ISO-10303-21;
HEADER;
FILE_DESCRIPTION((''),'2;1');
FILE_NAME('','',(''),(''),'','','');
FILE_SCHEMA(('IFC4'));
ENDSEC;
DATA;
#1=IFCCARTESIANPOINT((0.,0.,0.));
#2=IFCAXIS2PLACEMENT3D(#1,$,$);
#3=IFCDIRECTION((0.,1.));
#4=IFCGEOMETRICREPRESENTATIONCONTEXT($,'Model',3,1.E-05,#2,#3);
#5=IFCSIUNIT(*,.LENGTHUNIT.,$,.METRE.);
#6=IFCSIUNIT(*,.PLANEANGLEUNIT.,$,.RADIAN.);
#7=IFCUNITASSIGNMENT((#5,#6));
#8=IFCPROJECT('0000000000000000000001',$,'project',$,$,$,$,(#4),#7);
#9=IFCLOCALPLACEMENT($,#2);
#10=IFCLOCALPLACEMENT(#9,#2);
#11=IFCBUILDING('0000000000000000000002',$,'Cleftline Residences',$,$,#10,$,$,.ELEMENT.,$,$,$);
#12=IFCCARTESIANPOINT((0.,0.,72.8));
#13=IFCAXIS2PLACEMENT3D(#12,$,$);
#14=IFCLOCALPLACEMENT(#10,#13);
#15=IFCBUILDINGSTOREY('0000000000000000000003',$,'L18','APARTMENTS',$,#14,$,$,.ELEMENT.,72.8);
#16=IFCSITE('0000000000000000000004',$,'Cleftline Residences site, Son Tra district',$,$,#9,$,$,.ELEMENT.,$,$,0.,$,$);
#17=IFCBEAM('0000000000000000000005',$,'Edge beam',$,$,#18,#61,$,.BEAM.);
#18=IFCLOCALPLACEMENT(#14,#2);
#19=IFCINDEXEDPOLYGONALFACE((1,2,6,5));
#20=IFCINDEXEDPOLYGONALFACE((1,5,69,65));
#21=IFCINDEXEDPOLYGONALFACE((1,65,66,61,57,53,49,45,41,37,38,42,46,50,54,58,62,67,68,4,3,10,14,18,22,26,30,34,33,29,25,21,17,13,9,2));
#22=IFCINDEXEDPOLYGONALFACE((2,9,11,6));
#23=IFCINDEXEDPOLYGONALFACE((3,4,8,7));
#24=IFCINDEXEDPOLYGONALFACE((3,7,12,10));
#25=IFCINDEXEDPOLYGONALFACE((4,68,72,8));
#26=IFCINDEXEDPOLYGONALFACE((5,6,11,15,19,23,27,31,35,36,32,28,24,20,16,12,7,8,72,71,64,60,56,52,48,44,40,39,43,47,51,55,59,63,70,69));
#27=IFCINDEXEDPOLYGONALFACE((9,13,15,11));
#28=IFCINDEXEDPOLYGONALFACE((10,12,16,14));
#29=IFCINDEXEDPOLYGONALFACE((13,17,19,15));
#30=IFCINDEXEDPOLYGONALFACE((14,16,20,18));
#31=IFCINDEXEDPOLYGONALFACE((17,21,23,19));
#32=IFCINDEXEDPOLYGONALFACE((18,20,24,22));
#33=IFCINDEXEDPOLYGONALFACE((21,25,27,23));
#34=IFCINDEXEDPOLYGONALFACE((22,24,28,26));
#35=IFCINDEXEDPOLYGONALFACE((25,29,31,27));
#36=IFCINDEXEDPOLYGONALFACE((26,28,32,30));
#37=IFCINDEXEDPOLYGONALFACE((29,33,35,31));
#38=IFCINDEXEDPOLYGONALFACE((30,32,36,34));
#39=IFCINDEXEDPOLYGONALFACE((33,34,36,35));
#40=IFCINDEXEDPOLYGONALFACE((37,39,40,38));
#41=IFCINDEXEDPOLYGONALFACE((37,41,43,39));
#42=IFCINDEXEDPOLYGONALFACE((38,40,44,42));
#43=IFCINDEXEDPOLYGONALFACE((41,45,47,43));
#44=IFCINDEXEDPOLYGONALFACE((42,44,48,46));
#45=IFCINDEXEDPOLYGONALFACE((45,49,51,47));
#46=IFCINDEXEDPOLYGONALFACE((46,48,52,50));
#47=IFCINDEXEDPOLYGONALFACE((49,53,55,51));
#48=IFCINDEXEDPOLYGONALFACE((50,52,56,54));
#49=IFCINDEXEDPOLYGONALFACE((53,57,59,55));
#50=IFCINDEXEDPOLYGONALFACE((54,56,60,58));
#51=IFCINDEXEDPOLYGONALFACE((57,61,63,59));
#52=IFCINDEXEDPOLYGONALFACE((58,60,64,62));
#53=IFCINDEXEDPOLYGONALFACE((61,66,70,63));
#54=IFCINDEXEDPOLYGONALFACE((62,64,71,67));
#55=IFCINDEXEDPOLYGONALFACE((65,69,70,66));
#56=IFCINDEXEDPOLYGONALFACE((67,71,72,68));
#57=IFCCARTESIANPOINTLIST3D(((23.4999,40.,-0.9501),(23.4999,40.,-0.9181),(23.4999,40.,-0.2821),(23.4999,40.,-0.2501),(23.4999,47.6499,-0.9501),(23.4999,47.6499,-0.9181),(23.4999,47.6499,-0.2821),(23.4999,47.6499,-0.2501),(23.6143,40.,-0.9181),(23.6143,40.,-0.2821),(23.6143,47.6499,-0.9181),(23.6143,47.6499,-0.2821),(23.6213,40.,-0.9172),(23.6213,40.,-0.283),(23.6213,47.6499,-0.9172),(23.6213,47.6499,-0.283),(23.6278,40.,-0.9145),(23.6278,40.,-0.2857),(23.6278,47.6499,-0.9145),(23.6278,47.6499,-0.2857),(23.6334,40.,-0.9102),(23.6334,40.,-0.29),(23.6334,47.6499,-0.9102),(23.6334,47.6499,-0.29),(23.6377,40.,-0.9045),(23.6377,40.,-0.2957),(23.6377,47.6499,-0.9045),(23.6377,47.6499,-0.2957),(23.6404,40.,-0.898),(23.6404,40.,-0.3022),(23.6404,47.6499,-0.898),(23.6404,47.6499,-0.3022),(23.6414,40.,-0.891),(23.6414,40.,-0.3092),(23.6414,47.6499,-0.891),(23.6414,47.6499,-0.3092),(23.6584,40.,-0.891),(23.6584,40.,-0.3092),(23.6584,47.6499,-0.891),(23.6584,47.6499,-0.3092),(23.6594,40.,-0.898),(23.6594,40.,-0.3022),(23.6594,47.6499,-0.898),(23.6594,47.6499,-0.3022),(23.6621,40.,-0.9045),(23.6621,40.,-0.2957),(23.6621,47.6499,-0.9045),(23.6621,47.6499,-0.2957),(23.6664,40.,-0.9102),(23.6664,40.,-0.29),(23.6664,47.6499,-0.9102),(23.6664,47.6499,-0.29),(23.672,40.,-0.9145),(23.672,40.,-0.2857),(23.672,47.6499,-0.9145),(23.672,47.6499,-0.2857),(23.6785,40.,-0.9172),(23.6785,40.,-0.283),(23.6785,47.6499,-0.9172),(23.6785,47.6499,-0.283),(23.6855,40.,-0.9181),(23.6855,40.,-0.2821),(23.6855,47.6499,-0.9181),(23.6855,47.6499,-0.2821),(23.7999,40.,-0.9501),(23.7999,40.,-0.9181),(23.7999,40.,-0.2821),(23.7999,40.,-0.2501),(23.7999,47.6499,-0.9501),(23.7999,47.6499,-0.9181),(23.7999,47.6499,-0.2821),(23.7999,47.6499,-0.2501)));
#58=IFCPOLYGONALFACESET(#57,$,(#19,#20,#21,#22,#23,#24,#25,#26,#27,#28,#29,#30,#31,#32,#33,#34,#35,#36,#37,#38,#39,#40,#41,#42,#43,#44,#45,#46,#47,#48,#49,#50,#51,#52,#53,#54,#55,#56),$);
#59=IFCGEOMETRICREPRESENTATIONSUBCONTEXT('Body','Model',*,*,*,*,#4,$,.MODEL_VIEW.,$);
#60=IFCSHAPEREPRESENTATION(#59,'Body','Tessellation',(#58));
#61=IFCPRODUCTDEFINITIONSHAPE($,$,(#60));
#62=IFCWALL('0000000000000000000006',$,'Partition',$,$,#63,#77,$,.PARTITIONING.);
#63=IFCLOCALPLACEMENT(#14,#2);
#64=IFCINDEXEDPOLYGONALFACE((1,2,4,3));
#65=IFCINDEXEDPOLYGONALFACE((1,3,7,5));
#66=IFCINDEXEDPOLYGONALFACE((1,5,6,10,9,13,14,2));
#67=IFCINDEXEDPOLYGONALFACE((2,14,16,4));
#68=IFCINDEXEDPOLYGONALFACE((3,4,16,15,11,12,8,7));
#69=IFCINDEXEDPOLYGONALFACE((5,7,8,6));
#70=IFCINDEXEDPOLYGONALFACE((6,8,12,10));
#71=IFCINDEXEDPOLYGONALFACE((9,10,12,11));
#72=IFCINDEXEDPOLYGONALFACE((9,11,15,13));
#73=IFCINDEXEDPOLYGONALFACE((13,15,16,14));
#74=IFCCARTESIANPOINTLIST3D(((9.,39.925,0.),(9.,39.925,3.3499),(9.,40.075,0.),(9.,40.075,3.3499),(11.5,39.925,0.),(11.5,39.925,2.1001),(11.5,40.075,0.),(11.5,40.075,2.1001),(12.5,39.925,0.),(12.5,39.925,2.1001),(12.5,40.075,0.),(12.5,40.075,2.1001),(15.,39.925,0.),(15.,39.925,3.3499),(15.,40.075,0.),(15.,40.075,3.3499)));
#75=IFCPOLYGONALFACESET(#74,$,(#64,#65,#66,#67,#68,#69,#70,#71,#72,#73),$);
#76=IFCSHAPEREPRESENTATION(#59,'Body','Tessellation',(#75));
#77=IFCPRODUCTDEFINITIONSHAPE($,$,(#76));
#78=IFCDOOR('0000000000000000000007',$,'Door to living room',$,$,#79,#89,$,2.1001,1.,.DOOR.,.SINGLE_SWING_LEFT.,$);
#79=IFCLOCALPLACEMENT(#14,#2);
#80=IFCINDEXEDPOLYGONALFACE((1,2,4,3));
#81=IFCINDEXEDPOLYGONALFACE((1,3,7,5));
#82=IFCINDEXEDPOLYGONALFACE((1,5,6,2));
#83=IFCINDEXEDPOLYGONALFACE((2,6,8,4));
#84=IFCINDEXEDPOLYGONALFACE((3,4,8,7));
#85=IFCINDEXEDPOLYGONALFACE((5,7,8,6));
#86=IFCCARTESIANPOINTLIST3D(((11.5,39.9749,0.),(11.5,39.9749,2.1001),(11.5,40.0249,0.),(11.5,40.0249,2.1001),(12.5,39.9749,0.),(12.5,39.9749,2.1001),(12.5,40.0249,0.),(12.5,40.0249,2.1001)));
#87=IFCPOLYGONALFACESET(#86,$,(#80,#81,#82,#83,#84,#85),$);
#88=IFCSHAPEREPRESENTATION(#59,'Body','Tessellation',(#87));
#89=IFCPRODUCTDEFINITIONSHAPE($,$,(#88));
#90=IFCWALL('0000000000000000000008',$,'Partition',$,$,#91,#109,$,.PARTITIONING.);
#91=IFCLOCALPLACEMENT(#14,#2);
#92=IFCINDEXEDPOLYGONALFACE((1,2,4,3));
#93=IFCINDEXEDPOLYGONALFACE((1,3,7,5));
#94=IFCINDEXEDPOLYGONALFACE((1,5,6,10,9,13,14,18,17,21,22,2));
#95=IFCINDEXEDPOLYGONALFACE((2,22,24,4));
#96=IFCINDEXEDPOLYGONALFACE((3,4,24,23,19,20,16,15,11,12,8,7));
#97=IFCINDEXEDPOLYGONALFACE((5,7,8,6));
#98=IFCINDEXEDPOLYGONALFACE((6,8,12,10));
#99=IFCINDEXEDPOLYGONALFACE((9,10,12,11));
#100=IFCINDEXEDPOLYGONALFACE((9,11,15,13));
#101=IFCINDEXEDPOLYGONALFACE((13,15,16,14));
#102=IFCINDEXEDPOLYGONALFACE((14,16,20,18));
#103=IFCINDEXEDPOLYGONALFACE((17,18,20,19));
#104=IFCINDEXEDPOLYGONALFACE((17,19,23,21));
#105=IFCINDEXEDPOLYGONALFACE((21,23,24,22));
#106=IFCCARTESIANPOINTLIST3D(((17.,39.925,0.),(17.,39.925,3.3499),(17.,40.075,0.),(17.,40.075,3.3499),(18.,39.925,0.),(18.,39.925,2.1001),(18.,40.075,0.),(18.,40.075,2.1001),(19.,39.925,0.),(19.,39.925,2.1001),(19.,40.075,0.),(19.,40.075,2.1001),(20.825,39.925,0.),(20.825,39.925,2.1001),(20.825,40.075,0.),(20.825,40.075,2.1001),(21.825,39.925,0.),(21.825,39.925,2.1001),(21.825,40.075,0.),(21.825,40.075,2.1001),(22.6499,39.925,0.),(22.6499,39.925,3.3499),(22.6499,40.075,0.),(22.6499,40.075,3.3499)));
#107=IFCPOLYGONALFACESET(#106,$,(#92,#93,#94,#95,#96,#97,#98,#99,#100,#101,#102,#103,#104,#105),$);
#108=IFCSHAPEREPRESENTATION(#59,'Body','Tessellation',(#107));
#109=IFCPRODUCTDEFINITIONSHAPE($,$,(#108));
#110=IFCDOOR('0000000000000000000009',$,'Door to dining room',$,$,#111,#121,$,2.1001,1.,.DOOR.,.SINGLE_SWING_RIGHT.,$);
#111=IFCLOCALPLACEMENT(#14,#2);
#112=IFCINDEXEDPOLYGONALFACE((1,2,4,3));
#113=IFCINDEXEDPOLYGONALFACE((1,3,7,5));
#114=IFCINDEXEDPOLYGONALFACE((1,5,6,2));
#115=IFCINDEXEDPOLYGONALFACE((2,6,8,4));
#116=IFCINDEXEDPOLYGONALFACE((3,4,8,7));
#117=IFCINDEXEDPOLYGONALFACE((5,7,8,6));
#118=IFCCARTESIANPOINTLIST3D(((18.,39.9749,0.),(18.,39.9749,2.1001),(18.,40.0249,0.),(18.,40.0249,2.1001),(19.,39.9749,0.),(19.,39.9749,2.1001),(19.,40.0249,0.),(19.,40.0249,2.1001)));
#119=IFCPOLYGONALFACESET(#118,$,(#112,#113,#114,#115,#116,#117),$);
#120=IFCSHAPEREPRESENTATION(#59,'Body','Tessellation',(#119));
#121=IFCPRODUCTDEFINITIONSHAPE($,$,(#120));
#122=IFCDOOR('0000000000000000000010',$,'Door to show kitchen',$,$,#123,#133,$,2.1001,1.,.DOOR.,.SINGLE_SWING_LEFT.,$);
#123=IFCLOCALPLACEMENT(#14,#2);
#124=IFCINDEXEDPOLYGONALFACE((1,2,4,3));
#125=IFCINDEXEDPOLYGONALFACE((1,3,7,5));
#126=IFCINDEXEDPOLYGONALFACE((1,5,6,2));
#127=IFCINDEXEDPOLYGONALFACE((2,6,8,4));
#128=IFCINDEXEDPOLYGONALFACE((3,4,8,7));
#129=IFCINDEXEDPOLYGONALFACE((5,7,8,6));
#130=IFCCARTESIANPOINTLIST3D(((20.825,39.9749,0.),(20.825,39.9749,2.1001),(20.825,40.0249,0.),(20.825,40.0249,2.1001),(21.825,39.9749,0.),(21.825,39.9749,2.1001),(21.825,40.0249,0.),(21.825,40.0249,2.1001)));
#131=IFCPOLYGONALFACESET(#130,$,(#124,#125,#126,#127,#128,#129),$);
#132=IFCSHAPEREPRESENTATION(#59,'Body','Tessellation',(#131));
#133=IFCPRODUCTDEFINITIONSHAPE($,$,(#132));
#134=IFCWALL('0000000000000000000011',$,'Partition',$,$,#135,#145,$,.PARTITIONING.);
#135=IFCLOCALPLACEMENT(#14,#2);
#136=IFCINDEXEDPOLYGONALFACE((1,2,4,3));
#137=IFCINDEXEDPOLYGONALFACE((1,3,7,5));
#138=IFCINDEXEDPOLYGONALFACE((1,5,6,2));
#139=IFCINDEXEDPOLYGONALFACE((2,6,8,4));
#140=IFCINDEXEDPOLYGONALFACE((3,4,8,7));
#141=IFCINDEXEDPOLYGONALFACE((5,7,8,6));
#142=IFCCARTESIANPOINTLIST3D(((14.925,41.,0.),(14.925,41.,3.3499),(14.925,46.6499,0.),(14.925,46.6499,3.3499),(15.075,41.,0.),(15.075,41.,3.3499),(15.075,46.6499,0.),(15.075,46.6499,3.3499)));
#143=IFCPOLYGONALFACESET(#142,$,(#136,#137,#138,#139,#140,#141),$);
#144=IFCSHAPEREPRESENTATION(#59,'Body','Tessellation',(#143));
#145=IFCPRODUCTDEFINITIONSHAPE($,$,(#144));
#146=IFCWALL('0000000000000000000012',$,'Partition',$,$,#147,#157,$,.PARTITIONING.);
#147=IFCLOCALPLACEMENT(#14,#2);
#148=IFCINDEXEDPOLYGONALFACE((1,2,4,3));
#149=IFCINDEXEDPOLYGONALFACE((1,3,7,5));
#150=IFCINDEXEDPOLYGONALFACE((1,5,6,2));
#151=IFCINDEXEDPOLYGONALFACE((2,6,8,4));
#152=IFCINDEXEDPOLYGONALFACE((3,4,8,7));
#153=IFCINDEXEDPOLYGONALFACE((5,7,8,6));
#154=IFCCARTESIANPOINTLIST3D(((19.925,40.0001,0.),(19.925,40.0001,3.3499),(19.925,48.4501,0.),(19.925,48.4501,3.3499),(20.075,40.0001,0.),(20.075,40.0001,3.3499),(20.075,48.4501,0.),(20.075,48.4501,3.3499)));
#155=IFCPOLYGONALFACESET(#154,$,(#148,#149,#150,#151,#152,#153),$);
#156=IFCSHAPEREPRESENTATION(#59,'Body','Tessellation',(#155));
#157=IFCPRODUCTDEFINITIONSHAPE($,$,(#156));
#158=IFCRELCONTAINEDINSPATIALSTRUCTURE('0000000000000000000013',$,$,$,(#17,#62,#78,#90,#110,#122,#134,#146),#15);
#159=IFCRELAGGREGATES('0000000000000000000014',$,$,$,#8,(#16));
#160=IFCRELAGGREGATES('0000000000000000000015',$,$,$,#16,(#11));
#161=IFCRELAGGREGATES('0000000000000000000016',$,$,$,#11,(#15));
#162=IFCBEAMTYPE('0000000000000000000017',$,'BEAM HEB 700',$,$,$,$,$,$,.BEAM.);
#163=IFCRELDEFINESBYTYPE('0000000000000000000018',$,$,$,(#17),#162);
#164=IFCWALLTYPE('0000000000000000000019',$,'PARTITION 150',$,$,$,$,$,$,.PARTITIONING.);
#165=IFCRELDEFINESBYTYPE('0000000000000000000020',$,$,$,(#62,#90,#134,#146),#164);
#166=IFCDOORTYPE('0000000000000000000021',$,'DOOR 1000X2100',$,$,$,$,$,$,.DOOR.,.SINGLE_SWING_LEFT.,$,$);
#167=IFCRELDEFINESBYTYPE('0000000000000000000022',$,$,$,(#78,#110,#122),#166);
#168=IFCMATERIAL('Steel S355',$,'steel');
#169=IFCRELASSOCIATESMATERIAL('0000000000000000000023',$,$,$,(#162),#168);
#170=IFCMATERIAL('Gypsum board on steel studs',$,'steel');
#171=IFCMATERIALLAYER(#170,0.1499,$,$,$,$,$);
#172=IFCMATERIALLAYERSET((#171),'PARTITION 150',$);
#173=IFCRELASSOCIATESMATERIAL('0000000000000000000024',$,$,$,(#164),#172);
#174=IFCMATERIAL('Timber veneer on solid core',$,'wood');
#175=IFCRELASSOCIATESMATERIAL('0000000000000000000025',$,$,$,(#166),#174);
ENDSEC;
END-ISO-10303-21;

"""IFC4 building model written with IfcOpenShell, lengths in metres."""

from ifc_helpers import new_model, si_unit, direction, frame, frame_2d, origin, origin_2d, place, context, subcontext, project, spatial, rectangle, i_section, extrude, material, layer, layer_set, material_profile, profile_set, type_object, element, fill, save


model = new_model("IFC4")

# Units and contexts
model_context = context("Model", 3, precision=1e-05, world=origin(), true_north=direction((0.0, 1.0)))
body_context = subcontext(model_context, "Body", "Model", "MODEL_VIEW")
ifc_project = project(units=[si_unit("LENGTHUNIT", "METRE"), si_unit("PLANEANGLEUNIT", "RADIAN")], contexts=[model_context])

# Site, building, storey
site_placement = place(None, origin())
site = spatial("IfcSite", under=ifc_project, at=site_placement, Name="Cleftline Residences site, Son Tra district", CompositionType="ELEMENT", RefElevation=0.0)
building_placement = place(site_placement, origin())
building = spatial("IfcBuilding", under=site, at=building_placement, Name="Cleftline Residences", CompositionType="ELEMENT")
storey_placement = place(building_placement, frame((0.0, 0.0, 72.8)))
storey = spatial("IfcBuildingStorey", under=building, at=storey_placement, Name="L18", Description="APARTMENTS", CompositionType="ELEMENT", Elevation=72.8)

# Beam
ifc_material_1 = material(Name="Steel S355", Category="steel")
ifc_material_profile_1 = material_profile(ifc_material_1, i_section(OverallWidth=0.3, OverallDepth=0.7, WebThickness=0.0171, FlangeThickness=0.032, FilletRadius=0.0271, at=origin_2d()))
ifc_profile_set_1 = profile_set([ifc_material_profile_1], Name="Steel S355")
beam_type = type_object("IfcBeamType", Name="BEAM HEB 700", PredefinedType="BEAM", material=ifc_profile_set_1)
for number, where, z_axis, x_axis, name in (
    (1, (23.6499, 47.6499, -0.6001), (0.0, -1.0, 0.0), (1.0, 0.0, 0.0), "Edge beam"),
):
    element("IfcBeam", number, at=place(storey_placement, frame(where, z_axis=z_axis, x_axis=x_axis)), inside=storey, type_object=beam_type, Name=name, PredefinedType="BEAM", context=body_context, shape_type="SweptSolid", body=[
        extrude(i_section(OverallWidth=0.3, OverallDepth=0.7, WebThickness=0.0171, FlangeThickness=0.032, FilletRadius=0.0271, at=origin_2d()), origin(), (0.0, 0.0, 1.0), 7.6499),
    ])

# Wall, opening, door
ifc_material_2 = material(Name="Gypsum board on steel studs", Category="steel")
ifc_layer = layer(ifc_material_2, 0.1499)
ifc_layer_set = layer_set([ifc_layer], Name="PARTITION 150")
wall_type = type_object("IfcWallType", Name="PARTITION 150", PredefinedType="PARTITIONING", material=ifc_layer_set)
wall_1_placement = place(storey_placement, frame((9.0, 40.0, 0.0), z_axis=(0.0, 0.0, 1.0), x_axis=(1.0, 0.0, 0.0)))
wall_1 = element("IfcWall", 2, at=wall_1_placement, inside=storey, type_object=wall_type, Name="Partition", PredefinedType="PARTITIONING", context=body_context, shape_type="SweptSolid", body=[
    extrude(rectangle(XDim=6.0, YDim=0.1499, at=frame_2d((3.0, 0.0))), origin(), (0.0, 0.0, 1.0), 3.3499),
])
opening_1_placement = place(wall_1_placement, frame((2.5, 0.0, 0.0)))
opening_1 = element("IfcOpeningElement", 3, at=opening_1_placement, cuts=wall_1, PredefinedType="OPENING", context=body_context, shape_type="SweptSolid", body=[
    extrude(rectangle(XDim=1.0, YDim=2.1001, at=frame_2d((0.5, 1.05))), frame((0.0, 0.085, 0.0), z_axis=(0.0, -1.0, 0.0), x_axis=(1.0, 0.0, 0.0)), (0.0, 0.0, 1.0), 0.1699),
])
ifc_material_3 = material(Name="Timber veneer on solid core", Category="wood")
door_type = type_object("IfcDoorType", Name="DOOR 1000X2100", OperationType="SINGLE_SWING_LEFT", PredefinedType="DOOR", material=ifc_material_3)
door_1_placement = place(opening_1_placement, origin())
door_1 = element("IfcDoor", 4, at=door_1_placement, inside=storey, type_object=door_type, Name="Door to living room", OperationType="SINGLE_SWING_LEFT", OverallHeight=2.1001, OverallWidth=1.0, PredefinedType="DOOR", context=body_context, shape_type="SweptSolid", body=[
    extrude(rectangle(XDim=1.0, YDim=2.1001, at=frame_2d((0.5, 1.05))), frame((0.0, 0.0249, 0.0), z_axis=(0.0, -1.0, 0.0), x_axis=(1.0, 0.0, 0.0)), (0.0, 0.0, 1.0), 0.05),
])
fill(opening_1, door_1)

# Wall, openings, doors
wall_2_placement = place(storey_placement, frame((17.0, 40.0, 0.0), z_axis=(0.0, 0.0, 1.0), x_axis=(1.0, 0.0, 0.0)))
wall_2 = element("IfcWall", 5, at=wall_2_placement, inside=storey, type_object=wall_type, Name="Partition", PredefinedType="PARTITIONING", context=body_context, shape_type="SweptSolid", body=[
    extrude(rectangle(XDim=5.6499, YDim=0.1499, at=frame_2d((2.825, 0.0))), origin(), (0.0, 0.0, 1.0), 3.3499),
])
opening_2_placement = place(wall_2_placement, frame((1.0, 0.0, 0.0)))
opening_2 = element("IfcOpeningElement", 6, at=opening_2_placement, cuts=wall_2, PredefinedType="OPENING", context=body_context, shape_type="SweptSolid", body=[
    extrude(rectangle(XDim=1.0, YDim=2.1001, at=frame_2d((0.5, 1.05))), frame((0.0, 0.085, 0.0), z_axis=(0.0, -1.0, 0.0), x_axis=(1.0, 0.0, 0.0)), (0.0, 0.0, 1.0), 0.1699),
])
opening_3_placement = place(wall_2_placement, frame((3.825, 0.0, 0.0)))
opening_3 = element("IfcOpeningElement", 7, at=opening_3_placement, cuts=wall_2, PredefinedType="OPENING", context=body_context, shape_type="SweptSolid", body=[
    extrude(rectangle(XDim=1.0, YDim=2.1001, at=frame_2d((0.5, 1.05))), frame((0.0, 0.085, 0.0), z_axis=(0.0, -1.0, 0.0), x_axis=(1.0, 0.0, 0.0)), (0.0, 0.0, 1.0), 0.1699),
])
door_2_placement = place(opening_2_placement, origin())
door_2 = element("IfcDoor", 8, at=door_2_placement, inside=storey, type_object=door_type, Name="Door to dining room", OperationType="SINGLE_SWING_RIGHT", OverallHeight=2.1001, OverallWidth=1.0, PredefinedType="DOOR", context=body_context, shape_type="SweptSolid", body=[
    extrude(rectangle(XDim=1.0, YDim=2.1001, at=frame_2d((0.5, 1.05))), frame((0.0, 0.0249, 0.0), z_axis=(0.0, -1.0, 0.0), x_axis=(1.0, 0.0, 0.0)), (0.0, 0.0, 1.0), 0.05),
])
fill(opening_2, door_2)
door_3_placement = place(opening_3_placement, origin())
door_3 = element("IfcDoor", 9, at=door_3_placement, inside=storey, type_object=door_type, Name="Door to show kitchen", OperationType="SINGLE_SWING_LEFT", OverallHeight=2.1001, OverallWidth=1.0, PredefinedType="DOOR", context=body_context, shape_type="SweptSolid", body=[
    extrude(rectangle(XDim=1.0, YDim=2.1001, at=frame_2d((0.5, 1.05))), frame((0.0, 0.0249, 0.0), z_axis=(0.0, -1.0, 0.0), x_axis=(1.0, 0.0, 0.0)), (0.0, 0.0, 1.0), 0.05),
])
fill(opening_3, door_3)

# Walls
wall_3_placement = place(storey_placement, frame((15.0, 41.0, 0.0), z_axis=(0.0, 0.0, 1.0), x_axis=(0.0, 1.0, 0.0)))
element("IfcWall", 10, at=wall_3_placement, inside=storey, type_object=wall_type, Name="Partition", PredefinedType="PARTITIONING", context=body_context, shape_type="SweptSolid", body=[
    extrude(rectangle(XDim=5.6499, YDim=0.1499, at=frame_2d((2.825, 0.0))), origin(), (0.0, 0.0, 1.0), 3.3499),
])
wall_4_placement = place(storey_placement, frame((20.0, 40.0, 0.0), z_axis=(0.0, 0.0, 1.0), x_axis=(0.0, 1.0, 0.0)))
element("IfcWall", 11, at=wall_4_placement, inside=storey, type_object=wall_type, Name="Partition", PredefinedType="PARTITIONING", context=body_context, shape_type="SweptSolid", body=[
    extrude(rectangle(XDim=8.45, YDim=0.1499, at=frame_2d((4.2251, 0.0))), origin(), (0.0, 0.0, 1.0), 3.3499),
])

save(model, "model.ifc")
